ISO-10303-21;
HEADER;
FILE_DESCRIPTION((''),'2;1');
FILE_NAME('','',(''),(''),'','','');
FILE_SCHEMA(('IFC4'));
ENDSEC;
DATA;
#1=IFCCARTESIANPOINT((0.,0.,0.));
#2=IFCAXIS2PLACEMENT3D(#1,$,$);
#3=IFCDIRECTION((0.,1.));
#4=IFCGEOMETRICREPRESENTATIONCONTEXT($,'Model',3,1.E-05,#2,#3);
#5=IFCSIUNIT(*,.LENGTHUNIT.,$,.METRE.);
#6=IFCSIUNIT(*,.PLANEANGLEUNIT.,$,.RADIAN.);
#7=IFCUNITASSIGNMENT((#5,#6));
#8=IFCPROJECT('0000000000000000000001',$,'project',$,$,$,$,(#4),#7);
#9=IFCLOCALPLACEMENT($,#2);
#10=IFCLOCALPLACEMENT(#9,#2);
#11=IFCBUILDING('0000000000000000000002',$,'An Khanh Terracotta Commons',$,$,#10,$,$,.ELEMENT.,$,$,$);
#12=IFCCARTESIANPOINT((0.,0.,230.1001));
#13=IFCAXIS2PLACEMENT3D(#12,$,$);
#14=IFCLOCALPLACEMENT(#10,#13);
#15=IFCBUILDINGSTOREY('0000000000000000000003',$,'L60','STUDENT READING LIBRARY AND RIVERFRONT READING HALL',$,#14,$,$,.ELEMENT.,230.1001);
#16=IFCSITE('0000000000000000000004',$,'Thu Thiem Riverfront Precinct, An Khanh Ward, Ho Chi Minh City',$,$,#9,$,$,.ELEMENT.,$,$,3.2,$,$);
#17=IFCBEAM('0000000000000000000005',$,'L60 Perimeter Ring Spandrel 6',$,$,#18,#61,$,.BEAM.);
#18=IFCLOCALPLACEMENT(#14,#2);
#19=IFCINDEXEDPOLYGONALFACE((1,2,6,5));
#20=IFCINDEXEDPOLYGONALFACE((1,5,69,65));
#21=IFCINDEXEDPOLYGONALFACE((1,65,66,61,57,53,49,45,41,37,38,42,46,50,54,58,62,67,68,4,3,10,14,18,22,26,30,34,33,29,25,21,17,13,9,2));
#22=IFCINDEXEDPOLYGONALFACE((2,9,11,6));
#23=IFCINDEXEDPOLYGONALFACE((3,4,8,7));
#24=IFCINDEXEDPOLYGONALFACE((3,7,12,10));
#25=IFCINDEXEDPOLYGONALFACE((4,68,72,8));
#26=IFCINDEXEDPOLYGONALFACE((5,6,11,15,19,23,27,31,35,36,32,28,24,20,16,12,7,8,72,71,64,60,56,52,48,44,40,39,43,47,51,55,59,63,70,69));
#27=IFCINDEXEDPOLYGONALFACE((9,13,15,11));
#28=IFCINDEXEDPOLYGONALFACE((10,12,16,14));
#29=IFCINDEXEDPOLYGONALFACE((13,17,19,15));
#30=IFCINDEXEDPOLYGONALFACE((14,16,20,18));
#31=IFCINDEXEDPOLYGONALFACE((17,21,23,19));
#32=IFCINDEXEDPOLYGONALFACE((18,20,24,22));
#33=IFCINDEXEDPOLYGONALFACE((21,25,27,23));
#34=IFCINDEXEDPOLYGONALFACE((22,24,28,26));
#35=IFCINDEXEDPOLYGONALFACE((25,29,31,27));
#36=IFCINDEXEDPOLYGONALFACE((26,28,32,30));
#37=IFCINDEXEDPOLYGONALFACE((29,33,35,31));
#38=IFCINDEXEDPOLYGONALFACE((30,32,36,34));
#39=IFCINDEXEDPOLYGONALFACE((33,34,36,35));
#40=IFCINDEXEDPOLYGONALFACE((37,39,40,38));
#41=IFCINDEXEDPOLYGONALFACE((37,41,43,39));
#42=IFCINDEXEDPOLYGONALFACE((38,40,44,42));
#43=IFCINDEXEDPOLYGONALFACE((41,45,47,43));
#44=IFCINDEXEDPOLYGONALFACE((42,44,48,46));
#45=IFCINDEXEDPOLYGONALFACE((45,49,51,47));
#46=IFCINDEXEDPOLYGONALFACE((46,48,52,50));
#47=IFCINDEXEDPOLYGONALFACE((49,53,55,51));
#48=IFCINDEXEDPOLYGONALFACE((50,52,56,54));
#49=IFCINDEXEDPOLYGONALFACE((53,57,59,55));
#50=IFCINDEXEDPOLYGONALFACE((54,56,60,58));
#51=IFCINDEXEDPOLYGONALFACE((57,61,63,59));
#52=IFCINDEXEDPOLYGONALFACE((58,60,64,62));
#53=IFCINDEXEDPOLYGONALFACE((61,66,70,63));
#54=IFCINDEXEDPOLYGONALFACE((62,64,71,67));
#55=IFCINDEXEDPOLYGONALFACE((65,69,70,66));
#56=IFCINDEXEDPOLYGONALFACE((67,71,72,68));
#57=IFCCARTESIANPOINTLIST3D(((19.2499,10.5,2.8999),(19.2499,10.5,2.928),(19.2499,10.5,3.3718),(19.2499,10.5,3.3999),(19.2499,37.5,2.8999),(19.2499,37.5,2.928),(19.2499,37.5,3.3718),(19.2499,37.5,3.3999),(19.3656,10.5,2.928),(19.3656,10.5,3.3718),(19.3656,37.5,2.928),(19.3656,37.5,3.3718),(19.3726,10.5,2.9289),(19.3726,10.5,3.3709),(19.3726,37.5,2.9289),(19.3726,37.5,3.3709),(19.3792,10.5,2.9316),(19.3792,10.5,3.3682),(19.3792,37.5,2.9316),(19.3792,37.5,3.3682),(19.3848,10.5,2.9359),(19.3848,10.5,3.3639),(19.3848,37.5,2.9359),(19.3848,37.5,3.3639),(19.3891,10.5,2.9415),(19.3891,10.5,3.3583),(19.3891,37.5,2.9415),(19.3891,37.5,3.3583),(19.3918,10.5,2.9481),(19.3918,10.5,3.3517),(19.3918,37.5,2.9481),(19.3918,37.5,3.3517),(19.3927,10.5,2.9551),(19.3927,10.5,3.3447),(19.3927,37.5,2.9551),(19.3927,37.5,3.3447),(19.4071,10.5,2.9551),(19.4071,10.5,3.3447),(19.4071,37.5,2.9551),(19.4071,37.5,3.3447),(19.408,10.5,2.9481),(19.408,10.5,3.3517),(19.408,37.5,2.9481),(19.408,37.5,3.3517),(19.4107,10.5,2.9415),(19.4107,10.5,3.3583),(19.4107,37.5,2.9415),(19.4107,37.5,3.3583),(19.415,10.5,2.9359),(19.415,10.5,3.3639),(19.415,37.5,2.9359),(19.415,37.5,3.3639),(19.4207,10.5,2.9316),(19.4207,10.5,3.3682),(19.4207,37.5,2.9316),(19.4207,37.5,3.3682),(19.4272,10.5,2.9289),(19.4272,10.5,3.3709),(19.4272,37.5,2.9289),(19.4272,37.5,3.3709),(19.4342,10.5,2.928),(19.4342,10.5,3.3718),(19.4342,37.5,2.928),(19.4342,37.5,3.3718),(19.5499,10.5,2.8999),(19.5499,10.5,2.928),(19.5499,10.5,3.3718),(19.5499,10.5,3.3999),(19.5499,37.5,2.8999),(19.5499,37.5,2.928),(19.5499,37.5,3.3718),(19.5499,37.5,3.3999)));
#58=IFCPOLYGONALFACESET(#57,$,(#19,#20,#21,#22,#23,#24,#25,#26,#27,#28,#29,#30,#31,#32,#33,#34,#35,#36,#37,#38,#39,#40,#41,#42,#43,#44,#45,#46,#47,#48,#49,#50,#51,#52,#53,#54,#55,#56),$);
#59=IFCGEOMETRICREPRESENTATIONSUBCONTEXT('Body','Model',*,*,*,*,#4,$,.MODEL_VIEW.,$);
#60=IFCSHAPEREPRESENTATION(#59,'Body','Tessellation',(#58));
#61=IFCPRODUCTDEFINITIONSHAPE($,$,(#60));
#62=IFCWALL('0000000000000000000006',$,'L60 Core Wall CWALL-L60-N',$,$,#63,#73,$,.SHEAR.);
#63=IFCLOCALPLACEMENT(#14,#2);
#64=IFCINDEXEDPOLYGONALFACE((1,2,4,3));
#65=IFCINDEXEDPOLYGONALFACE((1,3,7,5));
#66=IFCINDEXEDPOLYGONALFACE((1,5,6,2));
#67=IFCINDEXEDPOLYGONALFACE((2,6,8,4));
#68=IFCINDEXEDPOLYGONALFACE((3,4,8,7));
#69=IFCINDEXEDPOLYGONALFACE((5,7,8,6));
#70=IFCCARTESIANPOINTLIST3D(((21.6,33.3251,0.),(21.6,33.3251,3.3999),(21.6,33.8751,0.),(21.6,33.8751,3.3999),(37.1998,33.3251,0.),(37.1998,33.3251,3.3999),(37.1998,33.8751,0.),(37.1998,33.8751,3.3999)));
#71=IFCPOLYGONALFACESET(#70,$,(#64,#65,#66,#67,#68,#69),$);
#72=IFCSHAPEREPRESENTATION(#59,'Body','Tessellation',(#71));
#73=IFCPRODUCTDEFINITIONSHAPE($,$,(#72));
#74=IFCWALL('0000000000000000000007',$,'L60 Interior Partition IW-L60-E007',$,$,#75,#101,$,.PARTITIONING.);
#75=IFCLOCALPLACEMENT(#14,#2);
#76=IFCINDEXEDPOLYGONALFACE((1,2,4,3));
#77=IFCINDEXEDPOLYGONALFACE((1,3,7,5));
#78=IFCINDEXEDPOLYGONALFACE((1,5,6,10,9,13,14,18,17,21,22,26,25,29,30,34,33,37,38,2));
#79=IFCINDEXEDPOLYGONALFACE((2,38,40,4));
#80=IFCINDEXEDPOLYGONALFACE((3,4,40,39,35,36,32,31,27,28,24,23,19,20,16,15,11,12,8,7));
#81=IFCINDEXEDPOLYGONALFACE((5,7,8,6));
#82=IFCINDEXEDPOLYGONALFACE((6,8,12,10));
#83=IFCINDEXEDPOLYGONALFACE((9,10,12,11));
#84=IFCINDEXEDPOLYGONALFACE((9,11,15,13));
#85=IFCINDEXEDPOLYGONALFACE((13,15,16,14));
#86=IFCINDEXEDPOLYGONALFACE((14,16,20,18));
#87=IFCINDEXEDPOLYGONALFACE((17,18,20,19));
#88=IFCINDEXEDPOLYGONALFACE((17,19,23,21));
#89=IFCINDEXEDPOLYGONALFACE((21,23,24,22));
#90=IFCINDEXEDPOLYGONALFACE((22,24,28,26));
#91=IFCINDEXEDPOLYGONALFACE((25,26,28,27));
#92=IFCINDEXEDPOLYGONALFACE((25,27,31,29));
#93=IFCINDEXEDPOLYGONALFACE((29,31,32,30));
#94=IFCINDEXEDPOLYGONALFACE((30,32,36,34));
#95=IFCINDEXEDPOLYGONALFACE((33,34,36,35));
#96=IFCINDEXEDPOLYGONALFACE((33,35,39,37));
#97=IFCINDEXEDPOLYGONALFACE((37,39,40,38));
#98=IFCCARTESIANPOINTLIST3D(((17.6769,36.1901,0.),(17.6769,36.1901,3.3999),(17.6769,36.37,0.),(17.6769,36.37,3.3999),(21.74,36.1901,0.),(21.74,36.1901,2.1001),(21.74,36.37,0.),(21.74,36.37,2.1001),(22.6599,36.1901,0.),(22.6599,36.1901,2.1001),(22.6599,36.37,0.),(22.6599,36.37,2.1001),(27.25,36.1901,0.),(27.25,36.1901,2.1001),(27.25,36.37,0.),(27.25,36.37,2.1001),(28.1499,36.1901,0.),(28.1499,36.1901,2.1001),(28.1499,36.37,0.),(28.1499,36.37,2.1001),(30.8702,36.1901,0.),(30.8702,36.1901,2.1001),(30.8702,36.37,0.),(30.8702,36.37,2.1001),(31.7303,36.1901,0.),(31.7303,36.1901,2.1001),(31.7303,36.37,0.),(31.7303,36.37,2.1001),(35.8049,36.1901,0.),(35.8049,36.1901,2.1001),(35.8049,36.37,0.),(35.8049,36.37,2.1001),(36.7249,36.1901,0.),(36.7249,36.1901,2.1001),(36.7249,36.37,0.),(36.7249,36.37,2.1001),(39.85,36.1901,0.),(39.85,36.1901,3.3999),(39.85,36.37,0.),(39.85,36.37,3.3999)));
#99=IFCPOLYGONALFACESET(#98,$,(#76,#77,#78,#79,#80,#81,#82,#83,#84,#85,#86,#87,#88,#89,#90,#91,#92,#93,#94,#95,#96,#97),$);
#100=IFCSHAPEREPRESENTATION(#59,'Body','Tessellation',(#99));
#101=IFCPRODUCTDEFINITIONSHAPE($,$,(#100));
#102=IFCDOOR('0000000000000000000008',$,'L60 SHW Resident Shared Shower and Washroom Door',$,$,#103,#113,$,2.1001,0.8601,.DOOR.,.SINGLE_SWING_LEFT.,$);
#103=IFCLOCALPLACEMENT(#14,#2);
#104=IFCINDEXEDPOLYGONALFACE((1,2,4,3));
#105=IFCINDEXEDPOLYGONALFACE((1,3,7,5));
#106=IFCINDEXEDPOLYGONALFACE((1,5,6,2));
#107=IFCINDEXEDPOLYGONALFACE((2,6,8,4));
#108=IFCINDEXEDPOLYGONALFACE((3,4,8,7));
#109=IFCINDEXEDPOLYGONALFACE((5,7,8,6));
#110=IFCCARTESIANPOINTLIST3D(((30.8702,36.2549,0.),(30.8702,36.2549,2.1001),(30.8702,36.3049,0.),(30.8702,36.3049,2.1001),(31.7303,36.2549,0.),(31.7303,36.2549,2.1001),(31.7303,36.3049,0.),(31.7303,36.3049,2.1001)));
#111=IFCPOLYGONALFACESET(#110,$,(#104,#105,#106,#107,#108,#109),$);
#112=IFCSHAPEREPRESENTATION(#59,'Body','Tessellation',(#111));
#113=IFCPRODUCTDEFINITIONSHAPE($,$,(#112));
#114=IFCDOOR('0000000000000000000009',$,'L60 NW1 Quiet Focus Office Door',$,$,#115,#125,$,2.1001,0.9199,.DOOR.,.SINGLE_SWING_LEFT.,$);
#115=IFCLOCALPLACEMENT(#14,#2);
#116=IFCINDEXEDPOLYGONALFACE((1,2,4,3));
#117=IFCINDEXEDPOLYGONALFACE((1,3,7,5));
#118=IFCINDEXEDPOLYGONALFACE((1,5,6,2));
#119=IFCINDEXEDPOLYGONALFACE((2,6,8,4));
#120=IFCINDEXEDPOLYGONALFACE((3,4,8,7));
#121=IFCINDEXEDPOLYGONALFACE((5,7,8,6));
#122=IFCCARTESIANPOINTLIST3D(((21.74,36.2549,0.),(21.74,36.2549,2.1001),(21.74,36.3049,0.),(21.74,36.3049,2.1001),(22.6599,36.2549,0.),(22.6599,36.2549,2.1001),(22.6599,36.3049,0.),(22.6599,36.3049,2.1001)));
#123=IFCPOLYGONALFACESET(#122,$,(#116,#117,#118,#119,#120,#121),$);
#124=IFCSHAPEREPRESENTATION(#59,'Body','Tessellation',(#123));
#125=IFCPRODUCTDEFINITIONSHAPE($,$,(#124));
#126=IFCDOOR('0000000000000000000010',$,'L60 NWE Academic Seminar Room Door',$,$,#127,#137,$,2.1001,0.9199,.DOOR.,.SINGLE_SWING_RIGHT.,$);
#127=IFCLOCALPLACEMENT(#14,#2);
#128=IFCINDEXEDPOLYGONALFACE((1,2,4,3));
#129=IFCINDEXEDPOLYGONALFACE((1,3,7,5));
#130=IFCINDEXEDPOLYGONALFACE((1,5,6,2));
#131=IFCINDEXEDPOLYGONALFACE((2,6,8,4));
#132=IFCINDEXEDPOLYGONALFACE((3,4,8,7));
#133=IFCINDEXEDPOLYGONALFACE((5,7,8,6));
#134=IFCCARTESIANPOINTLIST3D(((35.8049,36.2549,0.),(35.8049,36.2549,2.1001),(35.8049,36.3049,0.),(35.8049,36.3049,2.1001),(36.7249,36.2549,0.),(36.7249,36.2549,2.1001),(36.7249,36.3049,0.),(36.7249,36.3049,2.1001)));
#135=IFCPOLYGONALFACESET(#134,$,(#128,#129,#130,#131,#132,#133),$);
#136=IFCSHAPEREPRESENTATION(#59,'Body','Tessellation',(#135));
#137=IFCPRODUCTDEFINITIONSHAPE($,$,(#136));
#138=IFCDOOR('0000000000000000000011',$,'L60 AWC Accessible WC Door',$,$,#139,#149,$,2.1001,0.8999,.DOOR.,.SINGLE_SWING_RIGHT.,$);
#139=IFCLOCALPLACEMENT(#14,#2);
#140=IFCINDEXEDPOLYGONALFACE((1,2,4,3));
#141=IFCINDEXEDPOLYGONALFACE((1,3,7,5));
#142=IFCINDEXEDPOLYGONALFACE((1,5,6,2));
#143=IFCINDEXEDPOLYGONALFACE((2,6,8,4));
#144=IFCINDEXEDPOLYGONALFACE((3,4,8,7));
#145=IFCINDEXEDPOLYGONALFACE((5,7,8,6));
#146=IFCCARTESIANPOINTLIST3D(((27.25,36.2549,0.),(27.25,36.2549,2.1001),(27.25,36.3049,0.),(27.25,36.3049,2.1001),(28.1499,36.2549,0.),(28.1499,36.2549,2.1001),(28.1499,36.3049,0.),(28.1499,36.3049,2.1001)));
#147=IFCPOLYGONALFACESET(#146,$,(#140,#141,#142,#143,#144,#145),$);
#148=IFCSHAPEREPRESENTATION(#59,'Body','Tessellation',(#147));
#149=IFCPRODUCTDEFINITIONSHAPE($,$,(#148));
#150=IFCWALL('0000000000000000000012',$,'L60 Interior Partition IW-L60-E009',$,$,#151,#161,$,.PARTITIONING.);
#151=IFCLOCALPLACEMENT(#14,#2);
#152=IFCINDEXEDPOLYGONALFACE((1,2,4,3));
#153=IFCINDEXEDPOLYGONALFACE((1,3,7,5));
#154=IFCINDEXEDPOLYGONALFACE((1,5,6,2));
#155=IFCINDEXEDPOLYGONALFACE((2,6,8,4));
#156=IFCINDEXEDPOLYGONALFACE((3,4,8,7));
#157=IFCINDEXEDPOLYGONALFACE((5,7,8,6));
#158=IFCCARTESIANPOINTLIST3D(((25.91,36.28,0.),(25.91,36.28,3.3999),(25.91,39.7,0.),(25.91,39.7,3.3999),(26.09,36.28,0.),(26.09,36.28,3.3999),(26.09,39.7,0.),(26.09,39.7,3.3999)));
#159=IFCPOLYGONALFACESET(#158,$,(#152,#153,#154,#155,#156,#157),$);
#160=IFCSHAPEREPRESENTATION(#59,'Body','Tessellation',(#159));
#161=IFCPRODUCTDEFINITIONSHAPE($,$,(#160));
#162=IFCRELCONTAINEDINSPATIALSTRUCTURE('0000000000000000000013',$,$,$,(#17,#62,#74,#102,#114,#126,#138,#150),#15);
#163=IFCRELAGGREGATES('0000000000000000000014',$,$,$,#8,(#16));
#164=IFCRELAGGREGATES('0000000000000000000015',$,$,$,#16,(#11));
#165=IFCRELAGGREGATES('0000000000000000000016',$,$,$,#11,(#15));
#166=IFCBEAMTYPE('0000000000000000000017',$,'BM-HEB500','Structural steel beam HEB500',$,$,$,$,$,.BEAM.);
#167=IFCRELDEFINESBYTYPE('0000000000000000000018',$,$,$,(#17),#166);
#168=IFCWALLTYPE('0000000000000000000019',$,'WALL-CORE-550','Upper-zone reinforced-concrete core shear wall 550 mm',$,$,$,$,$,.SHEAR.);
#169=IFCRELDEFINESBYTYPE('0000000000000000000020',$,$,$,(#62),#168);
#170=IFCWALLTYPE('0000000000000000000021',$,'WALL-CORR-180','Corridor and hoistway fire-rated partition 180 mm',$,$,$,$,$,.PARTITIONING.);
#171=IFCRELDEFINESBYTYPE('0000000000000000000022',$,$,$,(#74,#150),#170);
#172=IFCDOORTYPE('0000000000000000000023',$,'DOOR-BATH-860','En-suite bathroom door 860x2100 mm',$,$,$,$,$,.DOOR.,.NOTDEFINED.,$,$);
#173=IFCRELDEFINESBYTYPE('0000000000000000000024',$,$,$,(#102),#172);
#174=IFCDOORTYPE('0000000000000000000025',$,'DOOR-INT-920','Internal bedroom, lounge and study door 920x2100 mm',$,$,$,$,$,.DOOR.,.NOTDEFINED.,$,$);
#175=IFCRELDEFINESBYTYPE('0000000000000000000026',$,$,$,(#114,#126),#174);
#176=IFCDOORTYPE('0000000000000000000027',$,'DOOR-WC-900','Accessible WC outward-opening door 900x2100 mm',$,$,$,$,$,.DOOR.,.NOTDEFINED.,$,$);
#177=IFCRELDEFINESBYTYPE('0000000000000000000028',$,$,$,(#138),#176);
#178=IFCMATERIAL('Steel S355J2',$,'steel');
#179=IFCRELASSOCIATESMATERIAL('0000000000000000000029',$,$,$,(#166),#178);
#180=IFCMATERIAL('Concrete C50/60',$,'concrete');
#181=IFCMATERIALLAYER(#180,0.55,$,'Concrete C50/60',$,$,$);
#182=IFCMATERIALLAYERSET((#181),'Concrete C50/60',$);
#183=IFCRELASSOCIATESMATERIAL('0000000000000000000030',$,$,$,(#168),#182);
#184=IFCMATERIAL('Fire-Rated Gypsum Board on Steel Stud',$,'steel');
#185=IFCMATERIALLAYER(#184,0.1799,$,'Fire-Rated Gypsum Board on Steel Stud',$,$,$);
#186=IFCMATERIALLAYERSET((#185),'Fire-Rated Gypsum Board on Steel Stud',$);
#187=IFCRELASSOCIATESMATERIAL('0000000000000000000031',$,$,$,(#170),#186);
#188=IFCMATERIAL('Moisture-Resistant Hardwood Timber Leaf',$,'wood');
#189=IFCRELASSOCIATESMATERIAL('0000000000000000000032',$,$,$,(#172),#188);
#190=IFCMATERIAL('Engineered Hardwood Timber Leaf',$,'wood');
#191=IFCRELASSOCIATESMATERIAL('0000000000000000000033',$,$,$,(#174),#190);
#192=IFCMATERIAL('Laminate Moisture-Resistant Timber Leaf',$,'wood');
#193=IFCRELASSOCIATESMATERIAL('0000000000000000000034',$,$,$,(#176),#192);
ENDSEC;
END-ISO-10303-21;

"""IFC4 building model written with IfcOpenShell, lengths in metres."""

from ifc_helpers import new_model, si_unit, direction, frame, frame_2d, origin, origin_2d, place, context, subcontext, project, spatial, rectangle, i_section, extrude, material, layer, layer_set, material_profile, profile_set, type_object, element, fill, save


model = new_model("IFC4")

# Units and contexts
model_context = context("Model", 3, precision=1e-05, world=origin(), true_north=direction((0.0, 1.0)))
body_context = subcontext(model_context, "Body", "Model", "MODEL_VIEW")
ifc_project = project(units=[si_unit("LENGTHUNIT", "METRE"), si_unit("PLANEANGLEUNIT", "RADIAN")], contexts=[model_context])

# Site, building, storey
site_placement = place(None, origin())
site = spatial("IfcSite", under=ifc_project, at=site_placement, Name="Thu Thiem Riverfront Precinct, An Khanh Ward, Ho Chi Minh City", CompositionType="ELEMENT", RefElevation=3.2)
building_placement = place(site_placement, origin())
building = spatial("IfcBuilding", under=site, at=building_placement, Name="An Khanh Terracotta Commons", CompositionType="ELEMENT")
storey_placement = place(building_placement, frame((0.0, 0.0, 230.1001)))
storey = spatial("IfcBuildingStorey", under=building, at=storey_placement, Name="L60", Description="STUDENT READING LIBRARY AND RIVERFRONT READING HALL", CompositionType="ELEMENT", Elevation=230.1001)

# Beam
ifc_material_1 = material(Name="Steel S355J2", Category="steel")
ifc_material_profile_1 = material_profile(ifc_material_1, i_section(OverallWidth=0.3, OverallDepth=0.5, WebThickness=0.0144, FlangeThickness=0.0281, FilletRadius=0.0271, at=origin_2d()), Name="HEB500")
ifc_profile_set_1 = profile_set([ifc_material_profile_1], Name="Steel S355J2")
beam_type_1 = type_object("IfcBeamType", Name="BM-HEB500", Description="Structural steel beam HEB500", PredefinedType="BEAM", material=ifc_profile_set_1)
beam_1_placement = place(storey_placement, frame((19.3999, 37.5, 3.1499), z_axis=(0.0, -1.0, 0.0), x_axis=(1.0, 0.0, 0.0)))
element("IfcBeam", 1, at=beam_1_placement, inside=storey, type_object=beam_type_1, Name="L60 Perimeter Ring Spandrel 6", PredefinedType="BEAM", context=body_context, shape_type="SweptSolid", body=[
    extrude(i_section(OverallWidth=0.3, OverallDepth=0.5, WebThickness=0.0144, FlangeThickness=0.0281, FilletRadius=0.0271, at=origin_2d()), origin(), (0.0, 0.0, 1.0), 27.0),
])

# Wall
ifc_material_2 = material(Name="Concrete C50/60", Category="concrete")
ifc_layer_1 = layer(ifc_material_2, 0.55, Name="Concrete C50/60")
ifc_layer_set_1 = layer_set([ifc_layer_1], Name="Concrete C50/60")
wall_type_1 = type_object("IfcWallType", Name="WALL-CORE-550", Description="Upper-zone reinforced-concrete core shear wall 550 mm", PredefinedType="SHEAR", material=ifc_layer_set_1)
wall_1_placement = place(storey_placement, frame((21.6001, 33.6001, 0.0), z_axis=(0.0, 0.0, 1.0), x_axis=(1.0, 0.0, 0.0)))
element("IfcWall", 2, at=wall_1_placement, inside=storey, type_object=wall_type_1, Name="L60 Core Wall CWALL-L60-N", PredefinedType="SHEAR", context=body_context, shape_type="SweptSolid", body=[
    extrude(rectangle(XDim=15.5999, YDim=0.55, at=frame_2d((7.7998, 0.0))), origin(), (0.0, 0.0, 1.0), 3.3999),
])

# Wall, openings, doors
ifc_material_3 = material(Name="Fire-Rated Gypsum Board on Steel Stud", Category="steel")
ifc_layer_2 = layer(ifc_material_3, 0.1799, Name="Fire-Rated Gypsum Board on Steel Stud")
ifc_layer_set_2 = layer_set([ifc_layer_2], Name="Fire-Rated Gypsum Board on Steel Stud")
wall_type_2 = type_object("IfcWallType", Name="WALL-CORR-180", Description="Corridor and hoistway fire-rated partition 180 mm", PredefinedType="PARTITIONING", material=ifc_layer_set_2)
wall_2_placement = place(storey_placement, frame((17.677, 36.28, 0.0), z_axis=(0.0, 0.0, 1.0), x_axis=(1.0, 0.0, 0.0)))
wall_2 = element("IfcWall", 3, at=wall_2_placement, inside=storey, type_object=wall_type_2, Name="L60 Interior Partition IW-L60-E007", PredefinedType="PARTITIONING", context=body_context, shape_type="SweptSolid", body=[
    extrude(rectangle(XDim=22.1731, YDim=0.1799, at=frame_2d((11.0864, 0.0))), origin(), (0.0, 0.0, 1.0), 3.3999),
])
opening_1_placement = place(wall_2_placement, frame((9.573, 0.0, 0.0)))
opening_1 = element("IfcOpeningElement", 4, at=opening_1_placement, cuts=wall_2, PredefinedType="OPENING", context=body_context, shape_type="SweptSolid", body=[
    extrude(rectangle(XDim=0.8999, YDim=2.1001, at=frame_2d((0.45, 1.05))), frame((0.0, 0.0999, 0.0), z_axis=(0.0, -1.0, 0.0), x_axis=(1.0, 0.0, 0.0)), (0.0, 0.0, 1.0), 0.2),
])
opening_2_placement = place(wall_2_placement, frame((13.1931, 0.0, 0.0)))
opening_2 = element("IfcOpeningElement", 5, at=opening_2_placement, cuts=wall_2, PredefinedType="OPENING", context=body_context, shape_type="SweptSolid", body=[
    extrude(rectangle(XDim=0.8601, YDim=2.1001, at=frame_2d((0.4302, 1.05))), frame((0.0, 0.0999, 0.0), z_axis=(0.0, -1.0, 0.0), x_axis=(1.0, 0.0, 0.0)), (0.0, 0.0, 1.0), 0.2),
])
opening_3_placement = place(wall_2_placement, frame((4.063, 0.0, 0.0)))
opening_3 = element("IfcOpeningElement", 6, at=opening_3_placement, cuts=wall_2, PredefinedType="OPENING", context=body_context, shape_type="SweptSolid", body=[
    extrude(rectangle(XDim=0.9199, YDim=2.1001, at=frame_2d((0.46, 1.05))), frame((0.0, 0.0999, 0.0), z_axis=(0.0, -1.0, 0.0), x_axis=(1.0, 0.0, 0.0)), (0.0, 0.0, 1.0), 0.2),
])
opening_4_placement = place(wall_2_placement, frame((18.1279, 0.0, 0.0)))
opening_4 = element("IfcOpeningElement", 7, at=opening_4_placement, cuts=wall_2, PredefinedType="OPENING", context=body_context, shape_type="SweptSolid", body=[
    extrude(rectangle(XDim=0.9199, YDim=2.1001, at=frame_2d((0.46, 1.05))), frame((0.0, 0.0999, 0.0), z_axis=(0.0, -1.0, 0.0), x_axis=(1.0, 0.0, 0.0)), (0.0, 0.0, 1.0), 0.2),
])
ifc_material_4 = material(Name="Moisture-Resistant Hardwood Timber Leaf", Category="wood")
door_type_1 = type_object("IfcDoorType", Name="DOOR-BATH-860", Description="En-suite bathroom door 860x2100 mm", OperationType="NOTDEFINED", PredefinedType="DOOR", material=ifc_material_4)
door_1_placement = place(opening_2_placement, origin())
door_1 = element("IfcDoor", 8, at=door_1_placement, inside=storey, type_object=door_type_1, Name="L60 SHW Resident Shared Shower and Washroom Door", OperationType="SINGLE_SWING_LEFT", OverallHeight=2.1001, OverallWidth=0.8601, PredefinedType="DOOR", context=body_context, shape_type="SweptSolid", body=[
    extrude(rectangle(XDim=0.8601, YDim=2.1001, at=frame_2d((0.4302, 1.05))), frame((0.0, 0.0249, 0.0), z_axis=(0.0, -1.0, 0.0), x_axis=(1.0, 0.0, 0.0)), (0.0, 0.0, 1.0), 0.05),
])
fill(opening_2, door_1)
ifc_material_5 = material(Name="Engineered Hardwood Timber Leaf", Category="wood")
door_type_2 = type_object("IfcDoorType", Name="DOOR-INT-920", Description="Internal bedroom, lounge and study door 920x2100 mm", OperationType="NOTDEFINED", PredefinedType="DOOR", material=ifc_material_5)
door_2_placement = place(opening_3_placement, origin())
door_2 = element("IfcDoor", 9, at=door_2_placement, inside=storey, type_object=door_type_2, Name="L60 NW1 Quiet Focus Office Door", OperationType="SINGLE_SWING_LEFT", OverallHeight=2.1001, OverallWidth=0.9199, PredefinedType="DOOR", context=body_context, shape_type="SweptSolid", body=[
    extrude(rectangle(XDim=0.9199, YDim=2.1001, at=frame_2d((0.46, 1.05))), frame((0.0, 0.0249, 0.0), z_axis=(0.0, -1.0, 0.0), x_axis=(1.0, 0.0, 0.0)), (0.0, 0.0, 1.0), 0.05),
])
fill(opening_3, door_2)
door_3_placement = place(opening_4_placement, origin())
door_3 = element("IfcDoor", 10, at=door_3_placement, inside=storey, type_object=door_type_2, Name="L60 NWE Academic Seminar Room Door", OperationType="SINGLE_SWING_RIGHT", OverallHeight=2.1001, OverallWidth=0.9199, PredefinedType="DOOR", context=body_context, shape_type="SweptSolid", body=[
    extrude(rectangle(XDim=0.9199, YDim=2.1001, at=frame_2d((0.46, 1.05))), frame((0.0, 0.0249, 0.0), z_axis=(0.0, -1.0, 0.0), x_axis=(1.0, 0.0, 0.0)), (0.0, 0.0, 1.0), 0.05),
])
fill(opening_4, door_3)
ifc_material_6 = material(Name="Laminate Moisture-Resistant Timber Leaf", Category="wood")
door_type_3 = type_object("IfcDoorType", Name="DOOR-WC-900", Description="Accessible WC outward-opening door 900x2100 mm", OperationType="NOTDEFINED", PredefinedType="DOOR", material=ifc_material_6)
door_4_placement = place(opening_1_placement, origin())
door_4 = element("IfcDoor", 11, at=door_4_placement, inside=storey, type_object=door_type_3, Name="L60 AWC Accessible WC Door", OperationType="SINGLE_SWING_RIGHT", OverallHeight=2.1001, OverallWidth=0.8999, PredefinedType="DOOR", context=body_context, shape_type="SweptSolid", body=[
    extrude(rectangle(XDim=0.8999, YDim=2.1001, at=frame_2d((0.45, 1.05))), frame((0.0, 0.0249, 0.0), z_axis=(0.0, -1.0, 0.0), x_axis=(1.0, 0.0, 0.0)), (0.0, 0.0, 1.0), 0.05),
])
fill(opening_1, door_4)

# Wall
wall_3_placement = place(storey_placement, frame((26.0, 36.28, 0.0), z_axis=(0.0, 0.0, 1.0), x_axis=(0.0, 1.0, 0.0)))
element("IfcWall", 12, at=wall_3_placement, inside=storey, type_object=wall_type_2, Name="L60 Interior Partition IW-L60-E009", PredefinedType="PARTITIONING", context=body_context, shape_type="SweptSolid", body=[
    extrude(rectangle(XDim=3.4199, YDim=0.1799, at=frame_2d((1.71, 0.0))), origin(), (0.0, 0.0, 1.0), 3.3999),
])

save(model, "model.ifc")
